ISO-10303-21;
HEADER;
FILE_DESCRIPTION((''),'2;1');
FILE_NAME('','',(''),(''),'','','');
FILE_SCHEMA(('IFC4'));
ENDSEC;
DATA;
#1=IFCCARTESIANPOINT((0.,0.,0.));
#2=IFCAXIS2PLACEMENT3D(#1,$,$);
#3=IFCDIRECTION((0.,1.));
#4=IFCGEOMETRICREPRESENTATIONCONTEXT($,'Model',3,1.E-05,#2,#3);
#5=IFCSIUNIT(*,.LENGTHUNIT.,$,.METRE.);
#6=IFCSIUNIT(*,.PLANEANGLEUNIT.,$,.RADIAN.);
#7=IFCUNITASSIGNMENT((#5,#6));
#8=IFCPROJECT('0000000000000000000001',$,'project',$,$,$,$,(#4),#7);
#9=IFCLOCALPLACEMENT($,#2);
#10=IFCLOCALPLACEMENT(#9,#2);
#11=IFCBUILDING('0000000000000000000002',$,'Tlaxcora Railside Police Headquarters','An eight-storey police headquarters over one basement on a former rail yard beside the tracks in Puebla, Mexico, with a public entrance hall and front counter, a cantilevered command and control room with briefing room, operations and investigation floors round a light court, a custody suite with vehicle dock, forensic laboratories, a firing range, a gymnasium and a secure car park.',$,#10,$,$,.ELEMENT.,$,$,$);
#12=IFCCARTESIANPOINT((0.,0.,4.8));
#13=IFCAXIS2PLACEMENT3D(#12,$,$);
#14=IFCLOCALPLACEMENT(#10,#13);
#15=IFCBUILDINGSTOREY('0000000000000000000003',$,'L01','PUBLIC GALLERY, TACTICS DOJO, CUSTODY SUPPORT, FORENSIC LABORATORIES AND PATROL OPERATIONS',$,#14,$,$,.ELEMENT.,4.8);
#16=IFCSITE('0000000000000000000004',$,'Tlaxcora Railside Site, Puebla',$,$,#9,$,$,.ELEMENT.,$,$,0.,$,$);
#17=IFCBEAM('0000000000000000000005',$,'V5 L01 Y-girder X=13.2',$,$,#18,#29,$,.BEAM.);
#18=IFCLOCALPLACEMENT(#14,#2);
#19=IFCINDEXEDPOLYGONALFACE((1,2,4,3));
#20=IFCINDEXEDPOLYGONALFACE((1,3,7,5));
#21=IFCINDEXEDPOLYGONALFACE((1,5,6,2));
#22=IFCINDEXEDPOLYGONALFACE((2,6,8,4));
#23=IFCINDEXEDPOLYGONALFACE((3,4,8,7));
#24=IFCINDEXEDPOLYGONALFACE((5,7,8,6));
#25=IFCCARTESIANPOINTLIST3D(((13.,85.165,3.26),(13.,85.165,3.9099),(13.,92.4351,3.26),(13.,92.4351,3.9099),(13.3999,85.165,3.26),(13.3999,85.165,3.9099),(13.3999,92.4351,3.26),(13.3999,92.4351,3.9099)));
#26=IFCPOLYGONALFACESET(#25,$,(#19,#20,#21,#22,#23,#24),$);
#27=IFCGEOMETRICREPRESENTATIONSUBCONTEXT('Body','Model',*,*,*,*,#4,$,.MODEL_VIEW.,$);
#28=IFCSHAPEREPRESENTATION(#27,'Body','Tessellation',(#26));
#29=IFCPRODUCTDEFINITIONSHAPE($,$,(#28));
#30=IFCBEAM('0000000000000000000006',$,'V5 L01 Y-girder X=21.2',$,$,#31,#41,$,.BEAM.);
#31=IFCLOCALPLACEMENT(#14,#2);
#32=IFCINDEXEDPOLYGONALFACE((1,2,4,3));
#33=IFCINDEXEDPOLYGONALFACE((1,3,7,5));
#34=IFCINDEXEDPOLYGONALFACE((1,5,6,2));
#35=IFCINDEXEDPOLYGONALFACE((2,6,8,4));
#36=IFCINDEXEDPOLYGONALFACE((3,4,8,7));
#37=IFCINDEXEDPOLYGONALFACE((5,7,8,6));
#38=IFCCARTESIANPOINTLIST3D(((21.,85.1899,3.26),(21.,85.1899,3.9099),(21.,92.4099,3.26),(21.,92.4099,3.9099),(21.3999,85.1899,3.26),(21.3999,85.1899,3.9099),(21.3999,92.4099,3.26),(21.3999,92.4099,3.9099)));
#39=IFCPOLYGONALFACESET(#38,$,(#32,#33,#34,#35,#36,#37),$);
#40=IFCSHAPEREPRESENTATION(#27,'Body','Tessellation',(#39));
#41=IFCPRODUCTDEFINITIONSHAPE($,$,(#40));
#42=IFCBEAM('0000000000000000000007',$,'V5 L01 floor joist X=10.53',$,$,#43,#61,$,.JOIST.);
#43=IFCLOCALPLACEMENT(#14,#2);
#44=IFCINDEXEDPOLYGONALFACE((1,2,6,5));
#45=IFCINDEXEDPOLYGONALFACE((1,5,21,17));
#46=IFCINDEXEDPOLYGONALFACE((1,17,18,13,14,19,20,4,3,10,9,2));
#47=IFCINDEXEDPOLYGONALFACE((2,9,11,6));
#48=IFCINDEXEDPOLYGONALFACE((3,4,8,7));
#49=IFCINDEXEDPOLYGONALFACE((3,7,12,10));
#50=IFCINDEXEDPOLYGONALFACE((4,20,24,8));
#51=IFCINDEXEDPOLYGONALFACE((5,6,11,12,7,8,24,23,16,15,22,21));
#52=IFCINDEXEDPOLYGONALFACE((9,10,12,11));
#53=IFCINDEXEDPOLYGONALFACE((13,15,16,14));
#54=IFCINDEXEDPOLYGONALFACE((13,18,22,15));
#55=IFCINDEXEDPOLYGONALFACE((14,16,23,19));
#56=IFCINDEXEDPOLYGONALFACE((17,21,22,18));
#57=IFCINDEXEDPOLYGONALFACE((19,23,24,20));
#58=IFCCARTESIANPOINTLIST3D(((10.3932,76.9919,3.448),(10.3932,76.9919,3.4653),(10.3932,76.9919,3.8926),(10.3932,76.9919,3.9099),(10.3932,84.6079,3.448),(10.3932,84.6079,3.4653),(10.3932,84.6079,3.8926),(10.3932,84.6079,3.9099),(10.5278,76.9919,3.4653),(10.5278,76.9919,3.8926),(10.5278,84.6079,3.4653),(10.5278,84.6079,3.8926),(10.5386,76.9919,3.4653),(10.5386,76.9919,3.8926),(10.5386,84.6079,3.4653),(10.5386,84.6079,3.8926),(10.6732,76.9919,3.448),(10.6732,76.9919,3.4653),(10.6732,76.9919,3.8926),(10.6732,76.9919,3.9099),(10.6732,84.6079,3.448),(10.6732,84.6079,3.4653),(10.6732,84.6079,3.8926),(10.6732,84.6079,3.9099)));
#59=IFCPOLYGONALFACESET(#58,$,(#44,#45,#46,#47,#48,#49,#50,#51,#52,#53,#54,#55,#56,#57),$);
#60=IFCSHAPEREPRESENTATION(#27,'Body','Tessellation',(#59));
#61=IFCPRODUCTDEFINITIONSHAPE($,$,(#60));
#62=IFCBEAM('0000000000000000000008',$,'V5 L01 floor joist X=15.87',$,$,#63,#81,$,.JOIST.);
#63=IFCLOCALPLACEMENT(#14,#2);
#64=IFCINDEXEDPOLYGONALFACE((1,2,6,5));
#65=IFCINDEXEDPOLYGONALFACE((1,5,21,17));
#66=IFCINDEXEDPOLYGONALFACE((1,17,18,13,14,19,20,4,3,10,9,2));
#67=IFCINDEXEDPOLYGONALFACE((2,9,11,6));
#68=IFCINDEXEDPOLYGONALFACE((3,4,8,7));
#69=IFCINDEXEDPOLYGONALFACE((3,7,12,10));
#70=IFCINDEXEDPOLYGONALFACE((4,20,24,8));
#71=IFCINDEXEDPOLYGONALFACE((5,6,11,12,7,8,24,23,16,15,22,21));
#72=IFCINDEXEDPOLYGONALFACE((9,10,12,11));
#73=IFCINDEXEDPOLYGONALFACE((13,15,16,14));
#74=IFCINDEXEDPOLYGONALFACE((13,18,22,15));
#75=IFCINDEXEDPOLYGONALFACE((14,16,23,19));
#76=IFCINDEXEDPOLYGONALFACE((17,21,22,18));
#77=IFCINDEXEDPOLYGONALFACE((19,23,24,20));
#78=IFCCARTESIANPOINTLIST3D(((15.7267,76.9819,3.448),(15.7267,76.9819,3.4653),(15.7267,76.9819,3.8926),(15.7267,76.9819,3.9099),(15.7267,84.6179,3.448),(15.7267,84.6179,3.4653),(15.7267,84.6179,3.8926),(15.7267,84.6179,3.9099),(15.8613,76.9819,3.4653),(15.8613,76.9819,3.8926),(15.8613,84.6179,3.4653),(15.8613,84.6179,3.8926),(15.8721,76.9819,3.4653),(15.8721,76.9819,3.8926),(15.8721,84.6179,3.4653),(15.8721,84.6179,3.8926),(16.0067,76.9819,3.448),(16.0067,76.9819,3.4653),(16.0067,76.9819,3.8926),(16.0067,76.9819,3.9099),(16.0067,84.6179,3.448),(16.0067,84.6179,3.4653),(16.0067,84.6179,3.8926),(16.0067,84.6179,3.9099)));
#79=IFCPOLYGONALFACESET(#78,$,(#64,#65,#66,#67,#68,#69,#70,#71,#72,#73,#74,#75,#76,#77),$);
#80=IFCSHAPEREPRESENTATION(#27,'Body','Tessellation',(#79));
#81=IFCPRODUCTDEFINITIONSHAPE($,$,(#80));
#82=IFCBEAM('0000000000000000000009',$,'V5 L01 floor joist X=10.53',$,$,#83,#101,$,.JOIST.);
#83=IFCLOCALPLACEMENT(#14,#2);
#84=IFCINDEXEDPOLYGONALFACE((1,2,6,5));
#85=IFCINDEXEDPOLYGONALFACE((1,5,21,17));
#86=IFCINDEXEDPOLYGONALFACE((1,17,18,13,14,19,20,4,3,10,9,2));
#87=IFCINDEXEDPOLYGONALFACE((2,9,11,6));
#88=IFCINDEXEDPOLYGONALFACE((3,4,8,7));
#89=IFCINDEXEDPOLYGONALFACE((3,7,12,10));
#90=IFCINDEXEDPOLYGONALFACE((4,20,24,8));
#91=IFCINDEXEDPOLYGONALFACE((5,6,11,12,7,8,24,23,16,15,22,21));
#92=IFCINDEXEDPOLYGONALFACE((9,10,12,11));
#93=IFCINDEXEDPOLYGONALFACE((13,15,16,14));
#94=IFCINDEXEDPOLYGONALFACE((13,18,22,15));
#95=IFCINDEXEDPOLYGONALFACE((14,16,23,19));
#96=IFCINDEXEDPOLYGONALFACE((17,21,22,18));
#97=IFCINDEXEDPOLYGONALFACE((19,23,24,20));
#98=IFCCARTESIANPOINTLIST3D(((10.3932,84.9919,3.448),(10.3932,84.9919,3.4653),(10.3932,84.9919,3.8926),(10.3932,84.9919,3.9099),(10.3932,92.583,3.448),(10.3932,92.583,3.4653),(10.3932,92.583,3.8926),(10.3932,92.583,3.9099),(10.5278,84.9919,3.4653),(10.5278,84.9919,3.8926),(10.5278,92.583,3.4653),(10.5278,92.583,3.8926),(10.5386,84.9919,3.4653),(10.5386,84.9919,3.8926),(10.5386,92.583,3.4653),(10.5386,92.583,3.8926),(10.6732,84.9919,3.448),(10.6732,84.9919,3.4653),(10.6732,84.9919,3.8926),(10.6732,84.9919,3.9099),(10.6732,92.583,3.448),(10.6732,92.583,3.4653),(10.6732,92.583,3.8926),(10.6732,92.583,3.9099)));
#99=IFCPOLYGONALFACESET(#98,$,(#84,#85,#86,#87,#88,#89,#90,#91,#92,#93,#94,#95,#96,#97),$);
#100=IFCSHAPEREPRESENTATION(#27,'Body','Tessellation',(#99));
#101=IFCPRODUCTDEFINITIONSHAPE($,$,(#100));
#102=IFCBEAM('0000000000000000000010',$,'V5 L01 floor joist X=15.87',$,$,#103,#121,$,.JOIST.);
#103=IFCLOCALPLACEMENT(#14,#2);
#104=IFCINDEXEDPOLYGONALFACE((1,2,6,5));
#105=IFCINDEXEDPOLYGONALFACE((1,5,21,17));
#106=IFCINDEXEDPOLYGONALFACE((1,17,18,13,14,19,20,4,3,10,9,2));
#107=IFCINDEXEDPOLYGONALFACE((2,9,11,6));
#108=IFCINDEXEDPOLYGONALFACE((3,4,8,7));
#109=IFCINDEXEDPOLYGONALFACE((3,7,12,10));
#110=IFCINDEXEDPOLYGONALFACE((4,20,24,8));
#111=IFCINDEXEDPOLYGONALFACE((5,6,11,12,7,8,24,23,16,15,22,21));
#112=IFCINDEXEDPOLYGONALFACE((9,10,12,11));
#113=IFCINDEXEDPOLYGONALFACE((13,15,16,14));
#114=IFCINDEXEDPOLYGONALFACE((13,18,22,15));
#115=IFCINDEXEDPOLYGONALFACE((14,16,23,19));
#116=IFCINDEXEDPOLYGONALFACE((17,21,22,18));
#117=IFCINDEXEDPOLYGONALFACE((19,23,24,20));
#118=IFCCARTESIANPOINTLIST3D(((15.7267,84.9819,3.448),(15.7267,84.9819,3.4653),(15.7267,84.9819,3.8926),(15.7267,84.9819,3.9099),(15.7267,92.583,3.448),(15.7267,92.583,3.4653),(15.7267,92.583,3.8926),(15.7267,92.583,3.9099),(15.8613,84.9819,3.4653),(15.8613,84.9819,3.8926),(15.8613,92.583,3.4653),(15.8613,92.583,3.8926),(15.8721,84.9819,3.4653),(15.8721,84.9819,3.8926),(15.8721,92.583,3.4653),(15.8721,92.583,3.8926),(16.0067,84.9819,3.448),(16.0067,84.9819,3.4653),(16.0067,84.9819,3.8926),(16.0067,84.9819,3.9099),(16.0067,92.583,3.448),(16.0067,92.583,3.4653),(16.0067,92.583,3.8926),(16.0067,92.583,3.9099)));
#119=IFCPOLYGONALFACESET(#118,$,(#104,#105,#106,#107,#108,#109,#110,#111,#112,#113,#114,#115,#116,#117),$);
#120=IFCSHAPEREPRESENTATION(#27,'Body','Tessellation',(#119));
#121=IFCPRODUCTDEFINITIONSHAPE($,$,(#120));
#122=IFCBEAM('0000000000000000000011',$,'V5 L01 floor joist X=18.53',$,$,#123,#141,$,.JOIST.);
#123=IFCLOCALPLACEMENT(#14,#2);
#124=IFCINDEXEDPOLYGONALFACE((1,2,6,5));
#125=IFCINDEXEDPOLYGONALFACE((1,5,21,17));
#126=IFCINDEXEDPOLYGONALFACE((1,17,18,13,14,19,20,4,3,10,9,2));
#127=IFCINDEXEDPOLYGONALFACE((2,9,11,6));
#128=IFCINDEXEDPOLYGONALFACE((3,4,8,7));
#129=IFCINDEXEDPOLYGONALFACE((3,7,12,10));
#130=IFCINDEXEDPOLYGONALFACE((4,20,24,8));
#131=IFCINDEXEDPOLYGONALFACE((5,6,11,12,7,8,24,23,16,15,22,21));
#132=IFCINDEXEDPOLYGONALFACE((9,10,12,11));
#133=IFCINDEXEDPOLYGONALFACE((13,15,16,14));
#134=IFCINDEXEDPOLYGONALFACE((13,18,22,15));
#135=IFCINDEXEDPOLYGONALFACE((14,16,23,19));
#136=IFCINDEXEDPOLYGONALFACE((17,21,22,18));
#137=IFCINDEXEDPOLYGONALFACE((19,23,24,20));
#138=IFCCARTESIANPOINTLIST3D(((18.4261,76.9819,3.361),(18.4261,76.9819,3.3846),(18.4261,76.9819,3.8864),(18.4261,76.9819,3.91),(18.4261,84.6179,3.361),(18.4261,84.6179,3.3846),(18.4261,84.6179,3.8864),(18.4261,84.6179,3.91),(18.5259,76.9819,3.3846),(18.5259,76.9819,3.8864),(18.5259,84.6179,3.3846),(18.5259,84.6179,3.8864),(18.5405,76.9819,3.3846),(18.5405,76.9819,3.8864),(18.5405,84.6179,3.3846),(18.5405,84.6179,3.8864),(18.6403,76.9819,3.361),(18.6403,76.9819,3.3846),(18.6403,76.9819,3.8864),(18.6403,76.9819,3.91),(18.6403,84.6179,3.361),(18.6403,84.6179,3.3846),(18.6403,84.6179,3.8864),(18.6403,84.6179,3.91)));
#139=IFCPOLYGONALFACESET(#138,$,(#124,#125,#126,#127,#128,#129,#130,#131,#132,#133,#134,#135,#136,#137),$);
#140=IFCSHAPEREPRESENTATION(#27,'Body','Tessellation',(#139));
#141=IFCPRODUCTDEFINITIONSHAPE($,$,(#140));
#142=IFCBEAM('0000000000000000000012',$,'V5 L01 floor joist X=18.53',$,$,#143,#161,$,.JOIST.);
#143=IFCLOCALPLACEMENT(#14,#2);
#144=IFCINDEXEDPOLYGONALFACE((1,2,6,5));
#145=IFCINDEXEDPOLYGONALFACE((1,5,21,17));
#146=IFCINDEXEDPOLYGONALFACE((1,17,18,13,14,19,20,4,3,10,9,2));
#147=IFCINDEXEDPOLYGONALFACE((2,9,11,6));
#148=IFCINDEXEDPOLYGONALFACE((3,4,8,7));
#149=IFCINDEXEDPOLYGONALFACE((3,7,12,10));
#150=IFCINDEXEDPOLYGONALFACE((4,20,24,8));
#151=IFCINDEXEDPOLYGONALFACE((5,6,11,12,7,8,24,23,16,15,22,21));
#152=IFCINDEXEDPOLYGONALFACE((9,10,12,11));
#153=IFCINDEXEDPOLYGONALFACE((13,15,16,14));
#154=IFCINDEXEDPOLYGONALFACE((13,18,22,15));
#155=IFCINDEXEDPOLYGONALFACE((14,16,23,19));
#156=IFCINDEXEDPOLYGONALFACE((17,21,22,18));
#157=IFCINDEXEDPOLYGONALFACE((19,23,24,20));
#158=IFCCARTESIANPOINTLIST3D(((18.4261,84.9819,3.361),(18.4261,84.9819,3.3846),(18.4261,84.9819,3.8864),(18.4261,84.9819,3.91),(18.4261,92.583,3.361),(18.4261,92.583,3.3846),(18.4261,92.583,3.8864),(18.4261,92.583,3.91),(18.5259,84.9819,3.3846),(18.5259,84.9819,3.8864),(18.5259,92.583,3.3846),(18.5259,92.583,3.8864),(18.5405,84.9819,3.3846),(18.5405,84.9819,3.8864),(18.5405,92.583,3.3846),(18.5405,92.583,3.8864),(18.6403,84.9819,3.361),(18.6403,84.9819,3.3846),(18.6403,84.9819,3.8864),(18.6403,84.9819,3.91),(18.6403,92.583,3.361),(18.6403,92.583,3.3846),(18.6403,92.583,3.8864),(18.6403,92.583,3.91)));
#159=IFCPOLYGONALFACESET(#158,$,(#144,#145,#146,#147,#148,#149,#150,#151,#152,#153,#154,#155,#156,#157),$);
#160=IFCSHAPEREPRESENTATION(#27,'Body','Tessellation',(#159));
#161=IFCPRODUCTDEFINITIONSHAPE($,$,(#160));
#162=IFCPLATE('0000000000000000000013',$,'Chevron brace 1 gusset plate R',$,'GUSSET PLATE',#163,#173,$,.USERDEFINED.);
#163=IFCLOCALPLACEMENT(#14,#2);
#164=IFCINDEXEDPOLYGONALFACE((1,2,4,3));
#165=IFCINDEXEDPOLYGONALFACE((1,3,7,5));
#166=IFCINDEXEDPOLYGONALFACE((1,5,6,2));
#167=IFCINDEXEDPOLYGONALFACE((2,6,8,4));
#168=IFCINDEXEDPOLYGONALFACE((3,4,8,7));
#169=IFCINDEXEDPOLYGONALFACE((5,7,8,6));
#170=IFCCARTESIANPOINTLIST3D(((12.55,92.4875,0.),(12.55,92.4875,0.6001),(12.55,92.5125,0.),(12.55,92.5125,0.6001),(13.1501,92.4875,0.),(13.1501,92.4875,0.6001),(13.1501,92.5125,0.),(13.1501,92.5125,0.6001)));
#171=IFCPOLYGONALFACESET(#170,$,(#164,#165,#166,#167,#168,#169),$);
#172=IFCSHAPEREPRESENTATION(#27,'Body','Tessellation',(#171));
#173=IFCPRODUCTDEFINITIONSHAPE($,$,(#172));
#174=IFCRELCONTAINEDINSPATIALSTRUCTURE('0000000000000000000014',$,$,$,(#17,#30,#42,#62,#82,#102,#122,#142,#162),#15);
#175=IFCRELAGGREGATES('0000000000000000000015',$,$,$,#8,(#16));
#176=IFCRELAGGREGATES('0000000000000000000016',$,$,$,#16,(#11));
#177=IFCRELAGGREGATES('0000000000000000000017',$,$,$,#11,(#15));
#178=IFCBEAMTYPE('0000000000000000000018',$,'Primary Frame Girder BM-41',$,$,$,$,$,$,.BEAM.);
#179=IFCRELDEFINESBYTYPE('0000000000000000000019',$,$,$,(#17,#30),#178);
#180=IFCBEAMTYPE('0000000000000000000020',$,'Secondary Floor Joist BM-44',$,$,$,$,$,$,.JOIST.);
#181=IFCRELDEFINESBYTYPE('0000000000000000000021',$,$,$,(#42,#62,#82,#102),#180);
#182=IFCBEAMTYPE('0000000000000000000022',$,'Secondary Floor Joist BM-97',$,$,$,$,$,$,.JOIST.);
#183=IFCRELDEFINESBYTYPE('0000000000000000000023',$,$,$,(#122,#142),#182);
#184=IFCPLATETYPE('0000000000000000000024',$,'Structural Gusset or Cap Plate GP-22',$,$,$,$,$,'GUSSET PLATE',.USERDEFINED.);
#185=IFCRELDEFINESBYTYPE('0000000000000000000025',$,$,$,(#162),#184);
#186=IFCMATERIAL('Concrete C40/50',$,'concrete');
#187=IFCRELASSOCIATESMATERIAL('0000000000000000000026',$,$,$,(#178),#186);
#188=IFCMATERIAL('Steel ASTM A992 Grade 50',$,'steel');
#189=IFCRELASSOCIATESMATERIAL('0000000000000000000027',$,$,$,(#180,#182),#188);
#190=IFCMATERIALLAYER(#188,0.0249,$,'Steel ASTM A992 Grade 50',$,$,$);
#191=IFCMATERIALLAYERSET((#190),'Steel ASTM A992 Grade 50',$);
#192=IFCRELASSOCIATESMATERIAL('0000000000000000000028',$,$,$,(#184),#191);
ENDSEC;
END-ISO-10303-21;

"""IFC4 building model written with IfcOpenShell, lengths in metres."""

from ifc_helpers import new_model, si_unit, direction, frame, origin, origin_2d, place, context, subcontext, project, spatial, rectangle, i_section, extrude, material, layer, layer_set, material_profile, profile_set, type_object, element, save


model = new_model("IFC4")

# Units and contexts
model_context = context("Model", 3, precision=1e-05, world=origin(), true_north=direction((0.0, 1.0)))
body_context = subcontext(model_context, "Body", "Model", "MODEL_VIEW")
ifc_project = project(units=[si_unit("LENGTHUNIT", "METRE"), si_unit("PLANEANGLEUNIT", "RADIAN")], contexts=[model_context])

# Site, building, storey
site_placement = place(None, origin())
site = spatial("IfcSite", under=ifc_project, at=site_placement, Name="Tlaxcora Railside Site, Puebla", CompositionType="ELEMENT", RefElevation=0.0)
building_placement = place(site_placement, origin())
building = spatial("IfcBuilding", under=site, at=building_placement, Name="Tlaxcora Railside Police Headquarters", Description="An eight-storey police headquarters over one basement on a former rail yard beside the tracks in Puebla, Mexico, with a public entrance hall and front counter, a cantilevered command and control room with briefing room, operations and investigation floors round a light court, a custody suite with vehicle dock, forensic laboratories, a firing range, a gymnasium and a secure car park.", CompositionType="ELEMENT")
storey_placement = place(building_placement, frame((0.0, 0.0, 4.8)))
storey = spatial("IfcBuildingStorey", under=building, at=storey_placement, Name="L01", Description="PUBLIC GALLERY, TACTICS DOJO, CUSTODY SUPPORT, FORENSIC LABORATORIES AND PATROL OPERATIONS", CompositionType="ELEMENT", Elevation=4.8)

# Shared definitions
ifc_material_1 = material(Name="Concrete C40/50", Category="concrete")

# Shared definitions
ifc_material_2 = material(Name="Steel ASTM A992 Grade 50", Category="steel")

# Beams
ifc_material_profile_1 = material_profile(ifc_material_1, rectangle(XDim=0.3999, YDim=0.6499, at=origin_2d()), Name="RC400X650")
ifc_profile_set_1 = profile_set([ifc_material_profile_1], Name="Concrete C40/50")
beam_type_1 = type_object("IfcBeamType", Name="Primary Frame Girder BM-41", PredefinedType="BEAM", material=ifc_profile_set_1)
beam_1_placement = place(storey_placement, frame((13.2, 85.165, 3.585), z_axis=(0.0, 1.0, 0.0), x_axis=(-1.0, 0.0, 0.0)))
element("IfcBeam", 1, at=beam_1_placement, inside=storey, type_object=beam_type_1, Name="V5 L01 Y-girder X=13.2", PredefinedType="BEAM", context=body_context, shape_type="SweptSolid", body=[
    extrude(rectangle(XDim=0.3999, YDim=0.6499, at=origin_2d()), origin(), (0.0, 0.0, 1.0), 7.27),
])
beam_2_placement = place(storey_placement, frame((21.2, 85.1899, 3.585), z_axis=(0.0, 1.0, 0.0), x_axis=(-1.0, 0.0, 0.0)))
element("IfcBeam", 2, at=beam_2_placement, inside=storey, type_object=beam_type_1, Name="V5 L01 Y-girder X=21.2", PredefinedType="BEAM", context=body_context, shape_type="SweptSolid", body=[
    extrude(rectangle(XDim=0.3999, YDim=0.6499, at=origin_2d()), origin(), (0.0, 0.0, 1.0), 7.22),
])
ifc_material_profile_2 = material_profile(ifc_material_2, i_section(OverallWidth=0.28, OverallDepth=0.4619, WebThickness=0.0107, FlangeThickness=0.0173, at=origin_2d()), Name="W18X76")
ifc_profile_set_2 = profile_set([ifc_material_profile_2], Name="Steel ASTM A992 Grade 50")
beam_type_2 = type_object("IfcBeamType", Name="Secondary Floor Joist BM-44", PredefinedType="JOIST", material=ifc_profile_set_2)
beam_3_placement = place(storey_placement, frame((10.5332, 76.9919, 3.679), z_axis=(0.0, 1.0, 0.0), x_axis=(-1.0, 0.0, 0.0)))
element("IfcBeam", 3, at=beam_3_placement, inside=storey, type_object=beam_type_2, Name="V5 L01 floor joist X=10.53", PredefinedType="JOIST", context=body_context, shape_type="SweptSolid", body=[
    extrude(i_section(OverallWidth=0.28, OverallDepth=0.4619, WebThickness=0.0107, FlangeThickness=0.0173, at=origin_2d()), origin(), (0.0, 0.0, 1.0), 7.616),
])
beam_4_placement = place(storey_placement, frame((15.8667, 76.9819, 3.679), z_axis=(0.0, 1.0, 0.0), x_axis=(-1.0, 0.0, 0.0)))
element("IfcBeam", 4, at=beam_4_placement, inside=storey, type_object=beam_type_2, Name="V5 L01 floor joist X=15.87", PredefinedType="JOIST", context=body_context, shape_type="SweptSolid", body=[
    extrude(i_section(OverallWidth=0.28, OverallDepth=0.4619, WebThickness=0.0107, FlangeThickness=0.0173, at=origin_2d()), origin(), (0.0, 0.0, 1.0), 7.636),
])
beam_5_placement = place(storey_placement, frame((10.5332, 84.9919, 3.679), z_axis=(0.0, 1.0, 0.0), x_axis=(-1.0, 0.0, 0.0)))
element("IfcBeam", 5, at=beam_5_placement, inside=storey, type_object=beam_type_2, Name="V5 L01 floor joist X=10.53", PredefinedType="JOIST", context=body_context, shape_type="SweptSolid", body=[
    extrude(i_section(OverallWidth=0.28, OverallDepth=0.4619, WebThickness=0.0107, FlangeThickness=0.0173, at=origin_2d()), origin(), (0.0, 0.0, 1.0), 7.5911),
])
beam_6_placement = place(storey_placement, frame((15.8667, 84.9819, 3.679), z_axis=(0.0, 1.0, 0.0), x_axis=(-1.0, 0.0, 0.0)))
element("IfcBeam", 6, at=beam_6_placement, inside=storey, type_object=beam_type_2, Name="V5 L01 floor joist X=15.87", PredefinedType="JOIST", context=body_context, shape_type="SweptSolid", body=[
    extrude(i_section(OverallWidth=0.28, OverallDepth=0.4619, WebThickness=0.0107, FlangeThickness=0.0173, at=origin_2d()), origin(), (0.0, 0.0, 1.0), 7.6011),
])
ifc_material_profile_3 = material_profile(ifc_material_2, i_section(OverallWidth=0.2141, OverallDepth=0.5491, WebThickness=0.0146, FlangeThickness=0.0237, at=origin_2d()), Name="W21X93")
ifc_profile_set_3 = profile_set([ifc_material_profile_3], Name="Steel ASTM A992 Grade 50")
beam_type_3 = type_object("IfcBeamType", Name="Secondary Floor Joist BM-97", PredefinedType="JOIST", material=ifc_profile_set_3)
beam_7_placement = place(storey_placement, frame((18.5332, 76.9819, 3.6355), z_axis=(0.0, 1.0, 0.0), x_axis=(-1.0, 0.0, 0.0)))
element("IfcBeam", 7, at=beam_7_placement, inside=storey, type_object=beam_type_3, Name="V5 L01 floor joist X=18.53", PredefinedType="JOIST", context=body_context, shape_type="SweptSolid", body=[
    extrude(i_section(OverallWidth=0.2141, OverallDepth=0.5491, WebThickness=0.0146, FlangeThickness=0.0237, at=origin_2d()), origin(), (0.0, 0.0, 1.0), 7.636),
])
beam_8_placement = place(storey_placement, frame((18.5332, 84.9819, 3.6355), z_axis=(0.0, 1.0, 0.0), x_axis=(-1.0, 0.0, 0.0)))
element("IfcBeam", 8, at=beam_8_placement, inside=storey, type_object=beam_type_3, Name="V5 L01 floor joist X=18.53", PredefinedType="JOIST", context=body_context, shape_type="SweptSolid", body=[
    extrude(i_section(OverallWidth=0.2141, OverallDepth=0.5491, WebThickness=0.0146, FlangeThickness=0.0237, at=origin_2d()), origin(), (0.0, 0.0, 1.0), 7.6011),
])

# Plate
ifc_layer_1 = layer(ifc_material_2, 0.0249, Name="Steel ASTM A992 Grade 50")
ifc_layer_set_1 = layer_set([ifc_layer_1], Name="Steel ASTM A992 Grade 50")
plate_type = type_object("IfcPlateType", Name="Structural Gusset or Cap Plate GP-22", ElementType="GUSSET PLATE", PredefinedType="USERDEFINED", material=ifc_layer_set_1)
plate_placement = place(storey_placement, frame((12.8501, 92.5, 0.0), z_axis=(0.0, 0.0, 1.0), x_axis=(1.0, 0.0, 0.0)))
element("IfcPlate", 9, at=plate_placement, inside=storey, type_object=plate_type, Name="Chevron brace 1 gusset plate R", ObjectType="GUSSET PLATE", PredefinedType="USERDEFINED", context=body_context, shape_type="SweptSolid", body=[
    extrude(rectangle(XDim=0.6001, YDim=0.0249, at=origin_2d()), origin(), (0.0, 0.0, 1.0), 0.6001),
])

save(model, "model.ifc")
